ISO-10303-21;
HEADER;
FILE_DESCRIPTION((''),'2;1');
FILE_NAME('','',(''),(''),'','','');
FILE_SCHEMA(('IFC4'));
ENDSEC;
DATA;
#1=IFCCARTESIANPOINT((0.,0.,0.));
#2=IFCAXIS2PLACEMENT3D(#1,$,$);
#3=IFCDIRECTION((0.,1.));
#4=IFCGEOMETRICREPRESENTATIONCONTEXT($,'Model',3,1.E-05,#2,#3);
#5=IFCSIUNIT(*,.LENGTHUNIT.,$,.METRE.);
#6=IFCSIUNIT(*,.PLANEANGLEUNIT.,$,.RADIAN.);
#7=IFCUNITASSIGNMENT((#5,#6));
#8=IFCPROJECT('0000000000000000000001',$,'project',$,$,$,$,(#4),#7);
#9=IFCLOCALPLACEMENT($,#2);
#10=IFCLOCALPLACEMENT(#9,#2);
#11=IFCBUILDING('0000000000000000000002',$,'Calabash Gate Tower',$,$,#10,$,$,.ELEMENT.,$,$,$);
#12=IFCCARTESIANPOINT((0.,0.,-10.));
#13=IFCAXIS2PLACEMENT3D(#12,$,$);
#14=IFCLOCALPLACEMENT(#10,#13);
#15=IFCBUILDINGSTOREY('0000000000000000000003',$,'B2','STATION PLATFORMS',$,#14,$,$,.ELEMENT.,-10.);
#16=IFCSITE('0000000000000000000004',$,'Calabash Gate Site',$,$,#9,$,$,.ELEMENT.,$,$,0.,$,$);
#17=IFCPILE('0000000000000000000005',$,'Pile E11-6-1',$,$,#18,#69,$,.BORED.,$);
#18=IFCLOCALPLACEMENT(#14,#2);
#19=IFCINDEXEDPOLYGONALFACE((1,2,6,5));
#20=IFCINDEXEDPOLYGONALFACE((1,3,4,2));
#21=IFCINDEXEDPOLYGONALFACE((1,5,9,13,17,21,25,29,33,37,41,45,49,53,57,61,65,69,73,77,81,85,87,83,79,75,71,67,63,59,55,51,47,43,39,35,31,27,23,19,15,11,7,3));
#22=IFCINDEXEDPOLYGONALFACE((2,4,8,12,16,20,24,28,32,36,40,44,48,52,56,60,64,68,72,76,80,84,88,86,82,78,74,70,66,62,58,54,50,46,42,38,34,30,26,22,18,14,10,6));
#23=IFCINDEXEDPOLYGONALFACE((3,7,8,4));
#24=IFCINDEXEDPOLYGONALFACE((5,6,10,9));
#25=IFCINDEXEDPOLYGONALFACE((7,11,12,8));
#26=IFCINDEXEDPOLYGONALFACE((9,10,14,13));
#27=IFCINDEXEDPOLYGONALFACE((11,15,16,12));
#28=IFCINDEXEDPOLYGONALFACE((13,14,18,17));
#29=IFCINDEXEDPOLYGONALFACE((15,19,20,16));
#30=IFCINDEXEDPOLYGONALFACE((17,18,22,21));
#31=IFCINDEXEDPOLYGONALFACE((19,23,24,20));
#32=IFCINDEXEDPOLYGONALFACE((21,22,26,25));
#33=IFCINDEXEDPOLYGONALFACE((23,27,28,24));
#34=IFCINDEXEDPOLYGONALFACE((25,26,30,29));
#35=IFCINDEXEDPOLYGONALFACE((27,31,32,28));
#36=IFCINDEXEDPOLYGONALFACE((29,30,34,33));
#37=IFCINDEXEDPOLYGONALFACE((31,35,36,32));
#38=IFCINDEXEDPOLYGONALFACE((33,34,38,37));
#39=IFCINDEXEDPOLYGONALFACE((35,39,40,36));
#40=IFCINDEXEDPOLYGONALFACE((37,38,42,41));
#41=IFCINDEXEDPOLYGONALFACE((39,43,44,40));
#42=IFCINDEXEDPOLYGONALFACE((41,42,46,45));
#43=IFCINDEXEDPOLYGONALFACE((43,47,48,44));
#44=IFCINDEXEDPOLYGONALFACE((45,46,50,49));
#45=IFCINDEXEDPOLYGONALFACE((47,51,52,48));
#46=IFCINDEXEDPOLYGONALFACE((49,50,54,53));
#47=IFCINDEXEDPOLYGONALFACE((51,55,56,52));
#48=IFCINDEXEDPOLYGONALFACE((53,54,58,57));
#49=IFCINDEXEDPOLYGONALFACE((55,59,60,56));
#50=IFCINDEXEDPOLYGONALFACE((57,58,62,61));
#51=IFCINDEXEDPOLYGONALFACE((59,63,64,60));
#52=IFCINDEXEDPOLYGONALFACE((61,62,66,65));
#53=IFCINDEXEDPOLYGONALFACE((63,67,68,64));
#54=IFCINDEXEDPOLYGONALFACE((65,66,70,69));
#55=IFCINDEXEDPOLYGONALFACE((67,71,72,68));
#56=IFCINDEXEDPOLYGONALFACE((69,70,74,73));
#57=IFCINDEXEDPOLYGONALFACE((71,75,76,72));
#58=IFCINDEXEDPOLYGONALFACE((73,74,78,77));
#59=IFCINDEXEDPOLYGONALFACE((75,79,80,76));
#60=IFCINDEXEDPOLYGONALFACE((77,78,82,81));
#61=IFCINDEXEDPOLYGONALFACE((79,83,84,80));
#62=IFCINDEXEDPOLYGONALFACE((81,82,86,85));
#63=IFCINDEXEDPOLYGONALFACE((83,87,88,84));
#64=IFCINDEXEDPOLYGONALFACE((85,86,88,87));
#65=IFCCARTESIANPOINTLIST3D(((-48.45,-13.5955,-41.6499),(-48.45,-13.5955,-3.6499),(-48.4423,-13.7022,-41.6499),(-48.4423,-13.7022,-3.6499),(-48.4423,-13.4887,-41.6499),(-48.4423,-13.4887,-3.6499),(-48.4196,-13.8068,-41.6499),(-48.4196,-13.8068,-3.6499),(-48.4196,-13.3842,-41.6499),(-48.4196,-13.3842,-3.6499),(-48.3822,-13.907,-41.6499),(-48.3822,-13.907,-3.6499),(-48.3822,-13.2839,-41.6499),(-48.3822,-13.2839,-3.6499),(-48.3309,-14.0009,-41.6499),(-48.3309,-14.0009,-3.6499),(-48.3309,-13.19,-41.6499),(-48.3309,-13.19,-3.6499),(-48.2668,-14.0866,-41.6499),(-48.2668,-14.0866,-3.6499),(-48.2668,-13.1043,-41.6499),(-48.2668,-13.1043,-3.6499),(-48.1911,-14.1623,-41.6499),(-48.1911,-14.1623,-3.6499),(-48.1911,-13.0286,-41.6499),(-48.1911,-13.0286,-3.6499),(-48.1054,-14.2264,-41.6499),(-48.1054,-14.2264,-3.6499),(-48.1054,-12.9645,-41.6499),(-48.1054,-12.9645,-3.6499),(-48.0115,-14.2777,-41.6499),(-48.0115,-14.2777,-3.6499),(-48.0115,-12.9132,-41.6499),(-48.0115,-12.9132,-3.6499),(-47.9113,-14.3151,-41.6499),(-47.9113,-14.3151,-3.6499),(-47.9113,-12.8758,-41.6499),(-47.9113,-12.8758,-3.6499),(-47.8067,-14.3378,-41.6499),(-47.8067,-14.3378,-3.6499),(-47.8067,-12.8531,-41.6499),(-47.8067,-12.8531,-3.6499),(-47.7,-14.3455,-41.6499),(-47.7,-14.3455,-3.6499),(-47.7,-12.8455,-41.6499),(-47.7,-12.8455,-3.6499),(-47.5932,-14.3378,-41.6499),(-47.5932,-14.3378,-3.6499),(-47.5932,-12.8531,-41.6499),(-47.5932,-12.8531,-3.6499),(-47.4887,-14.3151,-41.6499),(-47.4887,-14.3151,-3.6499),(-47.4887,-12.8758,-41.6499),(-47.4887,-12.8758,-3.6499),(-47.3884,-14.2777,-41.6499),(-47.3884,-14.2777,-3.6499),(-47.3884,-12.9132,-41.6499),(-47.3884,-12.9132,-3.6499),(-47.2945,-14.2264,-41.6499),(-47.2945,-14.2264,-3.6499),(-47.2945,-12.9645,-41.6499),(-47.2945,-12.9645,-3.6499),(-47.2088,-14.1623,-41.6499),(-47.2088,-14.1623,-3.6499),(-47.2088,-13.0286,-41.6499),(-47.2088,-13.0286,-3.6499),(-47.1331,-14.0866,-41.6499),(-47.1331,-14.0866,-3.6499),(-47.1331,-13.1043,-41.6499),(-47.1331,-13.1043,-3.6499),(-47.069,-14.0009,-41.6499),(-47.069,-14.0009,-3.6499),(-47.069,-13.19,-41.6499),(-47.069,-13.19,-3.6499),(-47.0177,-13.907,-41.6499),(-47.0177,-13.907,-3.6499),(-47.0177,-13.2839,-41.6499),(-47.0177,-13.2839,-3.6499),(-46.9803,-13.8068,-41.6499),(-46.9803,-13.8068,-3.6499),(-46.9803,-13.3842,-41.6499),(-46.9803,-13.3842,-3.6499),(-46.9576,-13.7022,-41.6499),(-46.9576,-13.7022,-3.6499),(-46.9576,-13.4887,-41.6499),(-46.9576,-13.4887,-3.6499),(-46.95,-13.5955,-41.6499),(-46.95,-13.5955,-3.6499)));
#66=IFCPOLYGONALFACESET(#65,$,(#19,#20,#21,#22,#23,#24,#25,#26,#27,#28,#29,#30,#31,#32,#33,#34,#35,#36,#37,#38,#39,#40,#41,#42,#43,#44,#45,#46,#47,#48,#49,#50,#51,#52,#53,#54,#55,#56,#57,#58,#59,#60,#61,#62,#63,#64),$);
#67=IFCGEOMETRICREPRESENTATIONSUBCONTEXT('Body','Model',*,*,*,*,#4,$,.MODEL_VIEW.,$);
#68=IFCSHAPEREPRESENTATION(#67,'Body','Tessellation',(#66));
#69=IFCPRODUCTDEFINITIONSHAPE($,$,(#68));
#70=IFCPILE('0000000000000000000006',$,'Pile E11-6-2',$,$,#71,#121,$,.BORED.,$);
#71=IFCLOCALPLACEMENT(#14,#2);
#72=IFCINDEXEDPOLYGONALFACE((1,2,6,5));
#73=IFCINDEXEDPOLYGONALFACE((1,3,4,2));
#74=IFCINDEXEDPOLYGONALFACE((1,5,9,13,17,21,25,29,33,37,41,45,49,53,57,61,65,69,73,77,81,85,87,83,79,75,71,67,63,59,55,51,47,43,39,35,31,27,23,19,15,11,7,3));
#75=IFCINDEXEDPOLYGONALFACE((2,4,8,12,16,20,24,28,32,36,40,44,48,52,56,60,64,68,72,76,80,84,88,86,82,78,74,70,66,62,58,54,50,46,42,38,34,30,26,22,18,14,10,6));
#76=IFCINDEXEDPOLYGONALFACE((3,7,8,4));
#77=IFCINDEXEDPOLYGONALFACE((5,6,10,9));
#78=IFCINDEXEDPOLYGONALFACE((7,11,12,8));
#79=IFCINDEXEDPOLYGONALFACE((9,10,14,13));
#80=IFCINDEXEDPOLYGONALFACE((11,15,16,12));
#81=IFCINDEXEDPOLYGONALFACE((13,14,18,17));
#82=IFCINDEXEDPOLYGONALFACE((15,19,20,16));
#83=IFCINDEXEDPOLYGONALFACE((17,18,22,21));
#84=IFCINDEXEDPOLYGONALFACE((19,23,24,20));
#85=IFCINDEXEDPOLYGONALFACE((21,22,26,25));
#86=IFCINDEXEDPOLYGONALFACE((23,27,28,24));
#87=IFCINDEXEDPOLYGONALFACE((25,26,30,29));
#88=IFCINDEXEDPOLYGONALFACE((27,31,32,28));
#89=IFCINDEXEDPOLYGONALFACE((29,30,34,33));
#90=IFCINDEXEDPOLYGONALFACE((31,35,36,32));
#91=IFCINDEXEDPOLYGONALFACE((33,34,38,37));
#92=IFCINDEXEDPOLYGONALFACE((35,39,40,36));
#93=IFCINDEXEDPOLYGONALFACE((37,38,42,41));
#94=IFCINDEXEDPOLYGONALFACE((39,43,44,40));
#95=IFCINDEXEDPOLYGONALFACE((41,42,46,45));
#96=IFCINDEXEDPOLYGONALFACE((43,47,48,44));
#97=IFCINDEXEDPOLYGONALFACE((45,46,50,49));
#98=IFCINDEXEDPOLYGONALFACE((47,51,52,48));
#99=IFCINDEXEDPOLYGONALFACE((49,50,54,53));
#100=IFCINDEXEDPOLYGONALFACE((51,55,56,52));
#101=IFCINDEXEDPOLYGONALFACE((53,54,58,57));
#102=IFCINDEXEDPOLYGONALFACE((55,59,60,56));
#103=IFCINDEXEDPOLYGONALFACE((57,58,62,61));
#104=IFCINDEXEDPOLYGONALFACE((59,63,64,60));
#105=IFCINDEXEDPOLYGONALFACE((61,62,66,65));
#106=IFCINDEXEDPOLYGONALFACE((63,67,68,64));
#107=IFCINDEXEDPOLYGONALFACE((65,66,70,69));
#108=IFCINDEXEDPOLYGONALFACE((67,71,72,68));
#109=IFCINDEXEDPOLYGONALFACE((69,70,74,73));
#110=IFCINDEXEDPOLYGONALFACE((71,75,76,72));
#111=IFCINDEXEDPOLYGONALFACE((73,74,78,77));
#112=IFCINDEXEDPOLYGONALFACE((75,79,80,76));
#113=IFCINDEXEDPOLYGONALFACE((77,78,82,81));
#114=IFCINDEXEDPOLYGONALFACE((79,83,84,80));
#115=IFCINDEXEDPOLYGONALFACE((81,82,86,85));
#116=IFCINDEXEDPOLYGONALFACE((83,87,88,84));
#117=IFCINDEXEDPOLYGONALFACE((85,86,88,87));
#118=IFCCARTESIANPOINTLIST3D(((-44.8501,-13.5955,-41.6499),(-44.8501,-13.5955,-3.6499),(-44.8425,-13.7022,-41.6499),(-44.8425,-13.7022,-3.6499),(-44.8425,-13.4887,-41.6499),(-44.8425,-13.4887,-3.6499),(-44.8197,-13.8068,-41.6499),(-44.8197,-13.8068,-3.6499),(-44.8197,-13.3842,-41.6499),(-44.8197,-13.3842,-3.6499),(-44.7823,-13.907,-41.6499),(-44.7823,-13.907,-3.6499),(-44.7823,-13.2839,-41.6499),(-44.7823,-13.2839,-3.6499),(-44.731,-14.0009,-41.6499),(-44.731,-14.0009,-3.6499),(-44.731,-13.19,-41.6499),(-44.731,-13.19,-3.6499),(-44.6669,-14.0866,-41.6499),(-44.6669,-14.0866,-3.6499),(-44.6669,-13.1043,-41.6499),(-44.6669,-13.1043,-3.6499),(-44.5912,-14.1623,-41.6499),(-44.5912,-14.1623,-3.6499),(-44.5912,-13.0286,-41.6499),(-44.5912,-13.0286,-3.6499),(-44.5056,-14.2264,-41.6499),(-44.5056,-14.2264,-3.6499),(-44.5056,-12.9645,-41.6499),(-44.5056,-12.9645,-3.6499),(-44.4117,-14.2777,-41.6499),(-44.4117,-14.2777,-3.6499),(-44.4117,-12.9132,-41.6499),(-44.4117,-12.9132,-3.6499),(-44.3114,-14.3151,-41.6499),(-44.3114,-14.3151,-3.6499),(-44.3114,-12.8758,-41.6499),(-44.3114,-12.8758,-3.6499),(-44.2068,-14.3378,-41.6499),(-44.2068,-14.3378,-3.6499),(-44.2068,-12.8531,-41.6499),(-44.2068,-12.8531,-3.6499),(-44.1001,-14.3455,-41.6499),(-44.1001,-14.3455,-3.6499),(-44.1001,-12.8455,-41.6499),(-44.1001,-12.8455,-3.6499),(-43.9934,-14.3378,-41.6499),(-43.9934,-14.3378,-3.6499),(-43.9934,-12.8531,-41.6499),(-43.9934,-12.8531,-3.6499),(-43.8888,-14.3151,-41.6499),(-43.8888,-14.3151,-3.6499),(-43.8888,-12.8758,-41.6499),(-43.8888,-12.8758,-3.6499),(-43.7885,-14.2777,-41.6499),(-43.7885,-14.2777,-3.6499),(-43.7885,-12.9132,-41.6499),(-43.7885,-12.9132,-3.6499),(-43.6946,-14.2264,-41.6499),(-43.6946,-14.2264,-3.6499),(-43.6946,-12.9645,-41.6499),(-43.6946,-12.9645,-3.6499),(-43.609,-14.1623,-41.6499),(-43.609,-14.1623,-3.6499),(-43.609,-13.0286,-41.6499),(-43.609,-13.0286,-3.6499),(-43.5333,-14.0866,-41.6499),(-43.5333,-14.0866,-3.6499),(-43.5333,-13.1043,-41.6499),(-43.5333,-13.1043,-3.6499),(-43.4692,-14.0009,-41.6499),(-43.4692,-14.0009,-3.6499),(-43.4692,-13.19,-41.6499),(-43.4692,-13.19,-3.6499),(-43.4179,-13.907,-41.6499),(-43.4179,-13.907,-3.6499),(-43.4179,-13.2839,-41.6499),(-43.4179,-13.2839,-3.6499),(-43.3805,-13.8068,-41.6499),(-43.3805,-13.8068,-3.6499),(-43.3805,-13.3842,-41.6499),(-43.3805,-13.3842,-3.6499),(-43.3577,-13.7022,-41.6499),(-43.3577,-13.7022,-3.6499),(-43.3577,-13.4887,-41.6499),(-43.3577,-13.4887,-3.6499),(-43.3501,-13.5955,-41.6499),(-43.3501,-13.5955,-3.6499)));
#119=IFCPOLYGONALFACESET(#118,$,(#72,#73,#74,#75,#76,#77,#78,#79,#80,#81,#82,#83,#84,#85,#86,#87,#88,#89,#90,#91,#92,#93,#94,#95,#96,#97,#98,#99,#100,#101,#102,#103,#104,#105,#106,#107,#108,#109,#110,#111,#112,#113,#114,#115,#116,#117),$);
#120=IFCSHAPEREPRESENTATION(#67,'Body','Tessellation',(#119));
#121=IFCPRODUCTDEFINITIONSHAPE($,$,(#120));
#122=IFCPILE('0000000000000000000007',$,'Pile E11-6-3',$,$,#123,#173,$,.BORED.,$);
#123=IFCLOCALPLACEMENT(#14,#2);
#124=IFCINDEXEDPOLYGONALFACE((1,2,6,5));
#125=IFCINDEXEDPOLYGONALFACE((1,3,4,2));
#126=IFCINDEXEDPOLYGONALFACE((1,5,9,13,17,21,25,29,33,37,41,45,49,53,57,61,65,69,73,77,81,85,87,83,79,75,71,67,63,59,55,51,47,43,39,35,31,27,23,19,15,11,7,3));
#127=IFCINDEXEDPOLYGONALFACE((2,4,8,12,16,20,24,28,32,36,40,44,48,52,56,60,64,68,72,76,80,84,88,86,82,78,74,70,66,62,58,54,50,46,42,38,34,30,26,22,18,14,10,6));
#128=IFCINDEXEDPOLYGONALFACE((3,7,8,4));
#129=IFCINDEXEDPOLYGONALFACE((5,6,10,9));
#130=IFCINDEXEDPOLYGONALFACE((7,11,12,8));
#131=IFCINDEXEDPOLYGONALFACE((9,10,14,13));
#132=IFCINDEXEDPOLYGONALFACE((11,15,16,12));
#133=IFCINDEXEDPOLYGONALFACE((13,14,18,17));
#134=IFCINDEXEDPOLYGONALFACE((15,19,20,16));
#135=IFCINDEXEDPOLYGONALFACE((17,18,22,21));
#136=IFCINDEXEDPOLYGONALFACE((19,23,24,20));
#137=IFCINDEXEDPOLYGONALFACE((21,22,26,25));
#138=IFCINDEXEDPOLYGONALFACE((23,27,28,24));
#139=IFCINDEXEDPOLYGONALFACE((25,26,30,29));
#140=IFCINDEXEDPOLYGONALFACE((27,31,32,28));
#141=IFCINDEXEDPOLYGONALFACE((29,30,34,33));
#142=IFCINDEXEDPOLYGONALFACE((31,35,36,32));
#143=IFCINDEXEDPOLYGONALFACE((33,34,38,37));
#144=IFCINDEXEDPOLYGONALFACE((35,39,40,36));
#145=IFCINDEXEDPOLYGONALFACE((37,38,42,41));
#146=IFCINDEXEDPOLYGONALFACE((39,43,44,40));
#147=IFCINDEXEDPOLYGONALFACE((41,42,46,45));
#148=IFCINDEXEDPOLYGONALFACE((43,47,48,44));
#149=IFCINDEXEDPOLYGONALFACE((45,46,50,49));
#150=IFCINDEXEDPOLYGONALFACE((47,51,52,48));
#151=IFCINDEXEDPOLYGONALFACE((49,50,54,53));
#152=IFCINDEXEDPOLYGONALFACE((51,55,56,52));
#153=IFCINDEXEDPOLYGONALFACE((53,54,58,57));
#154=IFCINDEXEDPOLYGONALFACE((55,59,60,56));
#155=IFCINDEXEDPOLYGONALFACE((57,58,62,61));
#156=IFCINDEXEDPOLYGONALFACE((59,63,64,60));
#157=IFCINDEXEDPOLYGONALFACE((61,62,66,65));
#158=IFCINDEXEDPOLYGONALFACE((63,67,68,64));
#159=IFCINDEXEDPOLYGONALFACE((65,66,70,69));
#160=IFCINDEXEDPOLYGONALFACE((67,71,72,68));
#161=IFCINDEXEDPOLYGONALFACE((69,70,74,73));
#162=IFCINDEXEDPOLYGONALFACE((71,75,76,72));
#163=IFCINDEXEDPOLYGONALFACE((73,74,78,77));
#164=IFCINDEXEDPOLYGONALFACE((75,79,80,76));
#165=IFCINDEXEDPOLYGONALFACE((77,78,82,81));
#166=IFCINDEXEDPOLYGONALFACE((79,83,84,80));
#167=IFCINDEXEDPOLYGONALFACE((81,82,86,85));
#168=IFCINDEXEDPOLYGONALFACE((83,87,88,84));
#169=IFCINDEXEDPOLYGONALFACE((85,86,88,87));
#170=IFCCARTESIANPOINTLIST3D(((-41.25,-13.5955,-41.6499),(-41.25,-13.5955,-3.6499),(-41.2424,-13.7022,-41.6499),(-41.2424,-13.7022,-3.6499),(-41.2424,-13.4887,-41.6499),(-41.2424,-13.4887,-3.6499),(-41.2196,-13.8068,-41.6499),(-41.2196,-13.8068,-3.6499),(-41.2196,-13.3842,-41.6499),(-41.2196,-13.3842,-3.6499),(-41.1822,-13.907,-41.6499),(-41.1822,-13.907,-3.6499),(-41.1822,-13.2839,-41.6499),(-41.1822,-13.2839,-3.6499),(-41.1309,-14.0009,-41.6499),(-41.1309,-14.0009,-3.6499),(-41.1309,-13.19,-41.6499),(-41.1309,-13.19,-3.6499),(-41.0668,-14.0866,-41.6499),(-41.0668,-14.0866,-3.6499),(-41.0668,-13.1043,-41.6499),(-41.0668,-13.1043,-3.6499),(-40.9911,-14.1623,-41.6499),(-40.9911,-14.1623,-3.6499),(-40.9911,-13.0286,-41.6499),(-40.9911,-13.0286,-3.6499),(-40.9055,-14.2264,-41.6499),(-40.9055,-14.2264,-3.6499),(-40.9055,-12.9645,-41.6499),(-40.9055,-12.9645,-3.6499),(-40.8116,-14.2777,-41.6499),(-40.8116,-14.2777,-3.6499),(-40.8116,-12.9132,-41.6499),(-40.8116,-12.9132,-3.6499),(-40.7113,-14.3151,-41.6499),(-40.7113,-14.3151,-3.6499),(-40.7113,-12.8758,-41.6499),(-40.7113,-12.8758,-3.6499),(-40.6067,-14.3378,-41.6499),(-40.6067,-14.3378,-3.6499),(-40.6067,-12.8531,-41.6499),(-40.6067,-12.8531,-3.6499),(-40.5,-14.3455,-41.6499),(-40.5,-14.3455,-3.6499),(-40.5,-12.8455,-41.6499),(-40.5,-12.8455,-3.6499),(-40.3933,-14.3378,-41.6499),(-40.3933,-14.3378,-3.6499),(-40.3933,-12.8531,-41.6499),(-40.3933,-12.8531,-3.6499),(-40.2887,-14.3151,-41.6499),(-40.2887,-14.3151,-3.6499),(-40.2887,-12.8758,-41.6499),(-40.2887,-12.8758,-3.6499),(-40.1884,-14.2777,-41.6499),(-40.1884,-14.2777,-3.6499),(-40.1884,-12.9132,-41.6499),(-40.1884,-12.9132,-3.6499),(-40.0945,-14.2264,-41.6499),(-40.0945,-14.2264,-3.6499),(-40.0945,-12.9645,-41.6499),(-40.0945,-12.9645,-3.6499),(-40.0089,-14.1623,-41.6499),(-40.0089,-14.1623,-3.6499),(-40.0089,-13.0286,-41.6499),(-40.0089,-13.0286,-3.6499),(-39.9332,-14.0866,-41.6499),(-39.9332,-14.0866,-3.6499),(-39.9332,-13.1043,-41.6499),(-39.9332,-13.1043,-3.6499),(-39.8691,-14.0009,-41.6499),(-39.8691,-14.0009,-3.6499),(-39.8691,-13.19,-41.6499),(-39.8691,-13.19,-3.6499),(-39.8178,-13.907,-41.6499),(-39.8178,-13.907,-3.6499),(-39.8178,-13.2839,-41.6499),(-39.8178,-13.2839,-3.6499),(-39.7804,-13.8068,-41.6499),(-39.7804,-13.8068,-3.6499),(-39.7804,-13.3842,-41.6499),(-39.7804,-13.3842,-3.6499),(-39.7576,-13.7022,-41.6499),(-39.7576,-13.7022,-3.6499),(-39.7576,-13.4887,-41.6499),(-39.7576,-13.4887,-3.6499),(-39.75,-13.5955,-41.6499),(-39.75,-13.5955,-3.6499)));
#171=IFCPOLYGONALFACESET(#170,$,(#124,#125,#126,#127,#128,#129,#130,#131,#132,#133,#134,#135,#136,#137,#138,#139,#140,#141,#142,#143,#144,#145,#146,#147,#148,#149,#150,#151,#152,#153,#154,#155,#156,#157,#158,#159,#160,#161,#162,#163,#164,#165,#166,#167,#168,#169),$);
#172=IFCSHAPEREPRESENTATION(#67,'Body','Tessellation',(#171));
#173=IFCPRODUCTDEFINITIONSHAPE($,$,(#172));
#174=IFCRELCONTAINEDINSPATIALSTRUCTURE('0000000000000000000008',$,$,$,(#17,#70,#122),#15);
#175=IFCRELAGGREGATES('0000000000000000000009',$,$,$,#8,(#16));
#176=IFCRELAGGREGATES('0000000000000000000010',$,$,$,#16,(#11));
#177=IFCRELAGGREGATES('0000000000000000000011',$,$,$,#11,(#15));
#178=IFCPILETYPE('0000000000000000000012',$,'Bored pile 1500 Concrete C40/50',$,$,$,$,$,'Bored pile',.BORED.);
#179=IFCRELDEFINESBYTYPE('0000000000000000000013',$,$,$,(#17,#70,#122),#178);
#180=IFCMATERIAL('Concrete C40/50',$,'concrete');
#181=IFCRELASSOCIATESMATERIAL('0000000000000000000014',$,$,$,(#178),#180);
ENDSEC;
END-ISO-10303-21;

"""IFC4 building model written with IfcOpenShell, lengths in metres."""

from ifc_helpers import new_model, si_unit, direction, frame, origin, origin_2d, place, context, subcontext, project, spatial, circle, extrude, material, material_profile, profile_set, type_object, element, save


model = new_model("IFC4")

# Units and contexts
model_context = context("Model", 3, precision=1e-05, world=origin(), true_north=direction((0.0, 1.0)))
body_context = subcontext(model_context, "Body", "Model", "MODEL_VIEW")
ifc_project = project(units=[si_unit("LENGTHUNIT", "METRE"), si_unit("PLANEANGLEUNIT", "RADIAN")], contexts=[model_context])

# Site, building, storey
site_placement = place(None, origin())
site = spatial("IfcSite", under=ifc_project, at=site_placement, Name="Calabash Gate Site", CompositionType="ELEMENT", RefElevation=0.0)
building_placement = place(site_placement, origin())
building = spatial("IfcBuilding", under=site, at=building_placement, Name="Calabash Gate Tower", CompositionType="ELEMENT")
storey_placement = place(building_placement, frame((0.0, 0.0, -10.0)))
storey = spatial("IfcBuildingStorey", under=building, at=storey_placement, Name="B2", Description="STATION PLATFORMS", CompositionType="ELEMENT", Elevation=-10.0)

# Piles
ifc_material_1 = material(Name="Concrete C40/50", Category="concrete")
ifc_material_profile_1 = material_profile(ifc_material_1, circle(Radius=0.75, at=origin_2d()))
ifc_profile_set_1 = profile_set([ifc_material_profile_1], Name="Concrete C40/50")
pile_type = type_object("IfcPileType", Name="Bored pile 1500 Concrete C40/50", ElementType="Bored pile", PredefinedType="BORED", material=ifc_profile_set_1)
for number, where, z_axis, x_axis, name in (
    (1, (-47.7, -13.5955, -3.6499), (0.0, 0.0, -1.0), (1.0, 0.0, 0.0), "Pile E11-6-1"),
    (2, (-44.1001, -13.5955, -3.6499), (0.0, 0.0, -1.0), (1.0, 0.0, 0.0), "Pile E11-6-2"),
    (3, (-40.5, -13.5955, -3.6499), (0.0, 0.0, -1.0), (1.0, 0.0, 0.0), "Pile E11-6-3"),
):
    element("IfcPile", number, at=place(storey_placement, frame(where, z_axis=z_axis, x_axis=x_axis)), inside=storey, type_object=pile_type, Name=name, PredefinedType="BORED", context=body_context, shape_type="SweptSolid", body=[
        extrude(circle(Radius=0.75, at=origin_2d()), origin(), (0.0, 0.0, 1.0), 38.0),
    ])

save(model, "model.ifc")
